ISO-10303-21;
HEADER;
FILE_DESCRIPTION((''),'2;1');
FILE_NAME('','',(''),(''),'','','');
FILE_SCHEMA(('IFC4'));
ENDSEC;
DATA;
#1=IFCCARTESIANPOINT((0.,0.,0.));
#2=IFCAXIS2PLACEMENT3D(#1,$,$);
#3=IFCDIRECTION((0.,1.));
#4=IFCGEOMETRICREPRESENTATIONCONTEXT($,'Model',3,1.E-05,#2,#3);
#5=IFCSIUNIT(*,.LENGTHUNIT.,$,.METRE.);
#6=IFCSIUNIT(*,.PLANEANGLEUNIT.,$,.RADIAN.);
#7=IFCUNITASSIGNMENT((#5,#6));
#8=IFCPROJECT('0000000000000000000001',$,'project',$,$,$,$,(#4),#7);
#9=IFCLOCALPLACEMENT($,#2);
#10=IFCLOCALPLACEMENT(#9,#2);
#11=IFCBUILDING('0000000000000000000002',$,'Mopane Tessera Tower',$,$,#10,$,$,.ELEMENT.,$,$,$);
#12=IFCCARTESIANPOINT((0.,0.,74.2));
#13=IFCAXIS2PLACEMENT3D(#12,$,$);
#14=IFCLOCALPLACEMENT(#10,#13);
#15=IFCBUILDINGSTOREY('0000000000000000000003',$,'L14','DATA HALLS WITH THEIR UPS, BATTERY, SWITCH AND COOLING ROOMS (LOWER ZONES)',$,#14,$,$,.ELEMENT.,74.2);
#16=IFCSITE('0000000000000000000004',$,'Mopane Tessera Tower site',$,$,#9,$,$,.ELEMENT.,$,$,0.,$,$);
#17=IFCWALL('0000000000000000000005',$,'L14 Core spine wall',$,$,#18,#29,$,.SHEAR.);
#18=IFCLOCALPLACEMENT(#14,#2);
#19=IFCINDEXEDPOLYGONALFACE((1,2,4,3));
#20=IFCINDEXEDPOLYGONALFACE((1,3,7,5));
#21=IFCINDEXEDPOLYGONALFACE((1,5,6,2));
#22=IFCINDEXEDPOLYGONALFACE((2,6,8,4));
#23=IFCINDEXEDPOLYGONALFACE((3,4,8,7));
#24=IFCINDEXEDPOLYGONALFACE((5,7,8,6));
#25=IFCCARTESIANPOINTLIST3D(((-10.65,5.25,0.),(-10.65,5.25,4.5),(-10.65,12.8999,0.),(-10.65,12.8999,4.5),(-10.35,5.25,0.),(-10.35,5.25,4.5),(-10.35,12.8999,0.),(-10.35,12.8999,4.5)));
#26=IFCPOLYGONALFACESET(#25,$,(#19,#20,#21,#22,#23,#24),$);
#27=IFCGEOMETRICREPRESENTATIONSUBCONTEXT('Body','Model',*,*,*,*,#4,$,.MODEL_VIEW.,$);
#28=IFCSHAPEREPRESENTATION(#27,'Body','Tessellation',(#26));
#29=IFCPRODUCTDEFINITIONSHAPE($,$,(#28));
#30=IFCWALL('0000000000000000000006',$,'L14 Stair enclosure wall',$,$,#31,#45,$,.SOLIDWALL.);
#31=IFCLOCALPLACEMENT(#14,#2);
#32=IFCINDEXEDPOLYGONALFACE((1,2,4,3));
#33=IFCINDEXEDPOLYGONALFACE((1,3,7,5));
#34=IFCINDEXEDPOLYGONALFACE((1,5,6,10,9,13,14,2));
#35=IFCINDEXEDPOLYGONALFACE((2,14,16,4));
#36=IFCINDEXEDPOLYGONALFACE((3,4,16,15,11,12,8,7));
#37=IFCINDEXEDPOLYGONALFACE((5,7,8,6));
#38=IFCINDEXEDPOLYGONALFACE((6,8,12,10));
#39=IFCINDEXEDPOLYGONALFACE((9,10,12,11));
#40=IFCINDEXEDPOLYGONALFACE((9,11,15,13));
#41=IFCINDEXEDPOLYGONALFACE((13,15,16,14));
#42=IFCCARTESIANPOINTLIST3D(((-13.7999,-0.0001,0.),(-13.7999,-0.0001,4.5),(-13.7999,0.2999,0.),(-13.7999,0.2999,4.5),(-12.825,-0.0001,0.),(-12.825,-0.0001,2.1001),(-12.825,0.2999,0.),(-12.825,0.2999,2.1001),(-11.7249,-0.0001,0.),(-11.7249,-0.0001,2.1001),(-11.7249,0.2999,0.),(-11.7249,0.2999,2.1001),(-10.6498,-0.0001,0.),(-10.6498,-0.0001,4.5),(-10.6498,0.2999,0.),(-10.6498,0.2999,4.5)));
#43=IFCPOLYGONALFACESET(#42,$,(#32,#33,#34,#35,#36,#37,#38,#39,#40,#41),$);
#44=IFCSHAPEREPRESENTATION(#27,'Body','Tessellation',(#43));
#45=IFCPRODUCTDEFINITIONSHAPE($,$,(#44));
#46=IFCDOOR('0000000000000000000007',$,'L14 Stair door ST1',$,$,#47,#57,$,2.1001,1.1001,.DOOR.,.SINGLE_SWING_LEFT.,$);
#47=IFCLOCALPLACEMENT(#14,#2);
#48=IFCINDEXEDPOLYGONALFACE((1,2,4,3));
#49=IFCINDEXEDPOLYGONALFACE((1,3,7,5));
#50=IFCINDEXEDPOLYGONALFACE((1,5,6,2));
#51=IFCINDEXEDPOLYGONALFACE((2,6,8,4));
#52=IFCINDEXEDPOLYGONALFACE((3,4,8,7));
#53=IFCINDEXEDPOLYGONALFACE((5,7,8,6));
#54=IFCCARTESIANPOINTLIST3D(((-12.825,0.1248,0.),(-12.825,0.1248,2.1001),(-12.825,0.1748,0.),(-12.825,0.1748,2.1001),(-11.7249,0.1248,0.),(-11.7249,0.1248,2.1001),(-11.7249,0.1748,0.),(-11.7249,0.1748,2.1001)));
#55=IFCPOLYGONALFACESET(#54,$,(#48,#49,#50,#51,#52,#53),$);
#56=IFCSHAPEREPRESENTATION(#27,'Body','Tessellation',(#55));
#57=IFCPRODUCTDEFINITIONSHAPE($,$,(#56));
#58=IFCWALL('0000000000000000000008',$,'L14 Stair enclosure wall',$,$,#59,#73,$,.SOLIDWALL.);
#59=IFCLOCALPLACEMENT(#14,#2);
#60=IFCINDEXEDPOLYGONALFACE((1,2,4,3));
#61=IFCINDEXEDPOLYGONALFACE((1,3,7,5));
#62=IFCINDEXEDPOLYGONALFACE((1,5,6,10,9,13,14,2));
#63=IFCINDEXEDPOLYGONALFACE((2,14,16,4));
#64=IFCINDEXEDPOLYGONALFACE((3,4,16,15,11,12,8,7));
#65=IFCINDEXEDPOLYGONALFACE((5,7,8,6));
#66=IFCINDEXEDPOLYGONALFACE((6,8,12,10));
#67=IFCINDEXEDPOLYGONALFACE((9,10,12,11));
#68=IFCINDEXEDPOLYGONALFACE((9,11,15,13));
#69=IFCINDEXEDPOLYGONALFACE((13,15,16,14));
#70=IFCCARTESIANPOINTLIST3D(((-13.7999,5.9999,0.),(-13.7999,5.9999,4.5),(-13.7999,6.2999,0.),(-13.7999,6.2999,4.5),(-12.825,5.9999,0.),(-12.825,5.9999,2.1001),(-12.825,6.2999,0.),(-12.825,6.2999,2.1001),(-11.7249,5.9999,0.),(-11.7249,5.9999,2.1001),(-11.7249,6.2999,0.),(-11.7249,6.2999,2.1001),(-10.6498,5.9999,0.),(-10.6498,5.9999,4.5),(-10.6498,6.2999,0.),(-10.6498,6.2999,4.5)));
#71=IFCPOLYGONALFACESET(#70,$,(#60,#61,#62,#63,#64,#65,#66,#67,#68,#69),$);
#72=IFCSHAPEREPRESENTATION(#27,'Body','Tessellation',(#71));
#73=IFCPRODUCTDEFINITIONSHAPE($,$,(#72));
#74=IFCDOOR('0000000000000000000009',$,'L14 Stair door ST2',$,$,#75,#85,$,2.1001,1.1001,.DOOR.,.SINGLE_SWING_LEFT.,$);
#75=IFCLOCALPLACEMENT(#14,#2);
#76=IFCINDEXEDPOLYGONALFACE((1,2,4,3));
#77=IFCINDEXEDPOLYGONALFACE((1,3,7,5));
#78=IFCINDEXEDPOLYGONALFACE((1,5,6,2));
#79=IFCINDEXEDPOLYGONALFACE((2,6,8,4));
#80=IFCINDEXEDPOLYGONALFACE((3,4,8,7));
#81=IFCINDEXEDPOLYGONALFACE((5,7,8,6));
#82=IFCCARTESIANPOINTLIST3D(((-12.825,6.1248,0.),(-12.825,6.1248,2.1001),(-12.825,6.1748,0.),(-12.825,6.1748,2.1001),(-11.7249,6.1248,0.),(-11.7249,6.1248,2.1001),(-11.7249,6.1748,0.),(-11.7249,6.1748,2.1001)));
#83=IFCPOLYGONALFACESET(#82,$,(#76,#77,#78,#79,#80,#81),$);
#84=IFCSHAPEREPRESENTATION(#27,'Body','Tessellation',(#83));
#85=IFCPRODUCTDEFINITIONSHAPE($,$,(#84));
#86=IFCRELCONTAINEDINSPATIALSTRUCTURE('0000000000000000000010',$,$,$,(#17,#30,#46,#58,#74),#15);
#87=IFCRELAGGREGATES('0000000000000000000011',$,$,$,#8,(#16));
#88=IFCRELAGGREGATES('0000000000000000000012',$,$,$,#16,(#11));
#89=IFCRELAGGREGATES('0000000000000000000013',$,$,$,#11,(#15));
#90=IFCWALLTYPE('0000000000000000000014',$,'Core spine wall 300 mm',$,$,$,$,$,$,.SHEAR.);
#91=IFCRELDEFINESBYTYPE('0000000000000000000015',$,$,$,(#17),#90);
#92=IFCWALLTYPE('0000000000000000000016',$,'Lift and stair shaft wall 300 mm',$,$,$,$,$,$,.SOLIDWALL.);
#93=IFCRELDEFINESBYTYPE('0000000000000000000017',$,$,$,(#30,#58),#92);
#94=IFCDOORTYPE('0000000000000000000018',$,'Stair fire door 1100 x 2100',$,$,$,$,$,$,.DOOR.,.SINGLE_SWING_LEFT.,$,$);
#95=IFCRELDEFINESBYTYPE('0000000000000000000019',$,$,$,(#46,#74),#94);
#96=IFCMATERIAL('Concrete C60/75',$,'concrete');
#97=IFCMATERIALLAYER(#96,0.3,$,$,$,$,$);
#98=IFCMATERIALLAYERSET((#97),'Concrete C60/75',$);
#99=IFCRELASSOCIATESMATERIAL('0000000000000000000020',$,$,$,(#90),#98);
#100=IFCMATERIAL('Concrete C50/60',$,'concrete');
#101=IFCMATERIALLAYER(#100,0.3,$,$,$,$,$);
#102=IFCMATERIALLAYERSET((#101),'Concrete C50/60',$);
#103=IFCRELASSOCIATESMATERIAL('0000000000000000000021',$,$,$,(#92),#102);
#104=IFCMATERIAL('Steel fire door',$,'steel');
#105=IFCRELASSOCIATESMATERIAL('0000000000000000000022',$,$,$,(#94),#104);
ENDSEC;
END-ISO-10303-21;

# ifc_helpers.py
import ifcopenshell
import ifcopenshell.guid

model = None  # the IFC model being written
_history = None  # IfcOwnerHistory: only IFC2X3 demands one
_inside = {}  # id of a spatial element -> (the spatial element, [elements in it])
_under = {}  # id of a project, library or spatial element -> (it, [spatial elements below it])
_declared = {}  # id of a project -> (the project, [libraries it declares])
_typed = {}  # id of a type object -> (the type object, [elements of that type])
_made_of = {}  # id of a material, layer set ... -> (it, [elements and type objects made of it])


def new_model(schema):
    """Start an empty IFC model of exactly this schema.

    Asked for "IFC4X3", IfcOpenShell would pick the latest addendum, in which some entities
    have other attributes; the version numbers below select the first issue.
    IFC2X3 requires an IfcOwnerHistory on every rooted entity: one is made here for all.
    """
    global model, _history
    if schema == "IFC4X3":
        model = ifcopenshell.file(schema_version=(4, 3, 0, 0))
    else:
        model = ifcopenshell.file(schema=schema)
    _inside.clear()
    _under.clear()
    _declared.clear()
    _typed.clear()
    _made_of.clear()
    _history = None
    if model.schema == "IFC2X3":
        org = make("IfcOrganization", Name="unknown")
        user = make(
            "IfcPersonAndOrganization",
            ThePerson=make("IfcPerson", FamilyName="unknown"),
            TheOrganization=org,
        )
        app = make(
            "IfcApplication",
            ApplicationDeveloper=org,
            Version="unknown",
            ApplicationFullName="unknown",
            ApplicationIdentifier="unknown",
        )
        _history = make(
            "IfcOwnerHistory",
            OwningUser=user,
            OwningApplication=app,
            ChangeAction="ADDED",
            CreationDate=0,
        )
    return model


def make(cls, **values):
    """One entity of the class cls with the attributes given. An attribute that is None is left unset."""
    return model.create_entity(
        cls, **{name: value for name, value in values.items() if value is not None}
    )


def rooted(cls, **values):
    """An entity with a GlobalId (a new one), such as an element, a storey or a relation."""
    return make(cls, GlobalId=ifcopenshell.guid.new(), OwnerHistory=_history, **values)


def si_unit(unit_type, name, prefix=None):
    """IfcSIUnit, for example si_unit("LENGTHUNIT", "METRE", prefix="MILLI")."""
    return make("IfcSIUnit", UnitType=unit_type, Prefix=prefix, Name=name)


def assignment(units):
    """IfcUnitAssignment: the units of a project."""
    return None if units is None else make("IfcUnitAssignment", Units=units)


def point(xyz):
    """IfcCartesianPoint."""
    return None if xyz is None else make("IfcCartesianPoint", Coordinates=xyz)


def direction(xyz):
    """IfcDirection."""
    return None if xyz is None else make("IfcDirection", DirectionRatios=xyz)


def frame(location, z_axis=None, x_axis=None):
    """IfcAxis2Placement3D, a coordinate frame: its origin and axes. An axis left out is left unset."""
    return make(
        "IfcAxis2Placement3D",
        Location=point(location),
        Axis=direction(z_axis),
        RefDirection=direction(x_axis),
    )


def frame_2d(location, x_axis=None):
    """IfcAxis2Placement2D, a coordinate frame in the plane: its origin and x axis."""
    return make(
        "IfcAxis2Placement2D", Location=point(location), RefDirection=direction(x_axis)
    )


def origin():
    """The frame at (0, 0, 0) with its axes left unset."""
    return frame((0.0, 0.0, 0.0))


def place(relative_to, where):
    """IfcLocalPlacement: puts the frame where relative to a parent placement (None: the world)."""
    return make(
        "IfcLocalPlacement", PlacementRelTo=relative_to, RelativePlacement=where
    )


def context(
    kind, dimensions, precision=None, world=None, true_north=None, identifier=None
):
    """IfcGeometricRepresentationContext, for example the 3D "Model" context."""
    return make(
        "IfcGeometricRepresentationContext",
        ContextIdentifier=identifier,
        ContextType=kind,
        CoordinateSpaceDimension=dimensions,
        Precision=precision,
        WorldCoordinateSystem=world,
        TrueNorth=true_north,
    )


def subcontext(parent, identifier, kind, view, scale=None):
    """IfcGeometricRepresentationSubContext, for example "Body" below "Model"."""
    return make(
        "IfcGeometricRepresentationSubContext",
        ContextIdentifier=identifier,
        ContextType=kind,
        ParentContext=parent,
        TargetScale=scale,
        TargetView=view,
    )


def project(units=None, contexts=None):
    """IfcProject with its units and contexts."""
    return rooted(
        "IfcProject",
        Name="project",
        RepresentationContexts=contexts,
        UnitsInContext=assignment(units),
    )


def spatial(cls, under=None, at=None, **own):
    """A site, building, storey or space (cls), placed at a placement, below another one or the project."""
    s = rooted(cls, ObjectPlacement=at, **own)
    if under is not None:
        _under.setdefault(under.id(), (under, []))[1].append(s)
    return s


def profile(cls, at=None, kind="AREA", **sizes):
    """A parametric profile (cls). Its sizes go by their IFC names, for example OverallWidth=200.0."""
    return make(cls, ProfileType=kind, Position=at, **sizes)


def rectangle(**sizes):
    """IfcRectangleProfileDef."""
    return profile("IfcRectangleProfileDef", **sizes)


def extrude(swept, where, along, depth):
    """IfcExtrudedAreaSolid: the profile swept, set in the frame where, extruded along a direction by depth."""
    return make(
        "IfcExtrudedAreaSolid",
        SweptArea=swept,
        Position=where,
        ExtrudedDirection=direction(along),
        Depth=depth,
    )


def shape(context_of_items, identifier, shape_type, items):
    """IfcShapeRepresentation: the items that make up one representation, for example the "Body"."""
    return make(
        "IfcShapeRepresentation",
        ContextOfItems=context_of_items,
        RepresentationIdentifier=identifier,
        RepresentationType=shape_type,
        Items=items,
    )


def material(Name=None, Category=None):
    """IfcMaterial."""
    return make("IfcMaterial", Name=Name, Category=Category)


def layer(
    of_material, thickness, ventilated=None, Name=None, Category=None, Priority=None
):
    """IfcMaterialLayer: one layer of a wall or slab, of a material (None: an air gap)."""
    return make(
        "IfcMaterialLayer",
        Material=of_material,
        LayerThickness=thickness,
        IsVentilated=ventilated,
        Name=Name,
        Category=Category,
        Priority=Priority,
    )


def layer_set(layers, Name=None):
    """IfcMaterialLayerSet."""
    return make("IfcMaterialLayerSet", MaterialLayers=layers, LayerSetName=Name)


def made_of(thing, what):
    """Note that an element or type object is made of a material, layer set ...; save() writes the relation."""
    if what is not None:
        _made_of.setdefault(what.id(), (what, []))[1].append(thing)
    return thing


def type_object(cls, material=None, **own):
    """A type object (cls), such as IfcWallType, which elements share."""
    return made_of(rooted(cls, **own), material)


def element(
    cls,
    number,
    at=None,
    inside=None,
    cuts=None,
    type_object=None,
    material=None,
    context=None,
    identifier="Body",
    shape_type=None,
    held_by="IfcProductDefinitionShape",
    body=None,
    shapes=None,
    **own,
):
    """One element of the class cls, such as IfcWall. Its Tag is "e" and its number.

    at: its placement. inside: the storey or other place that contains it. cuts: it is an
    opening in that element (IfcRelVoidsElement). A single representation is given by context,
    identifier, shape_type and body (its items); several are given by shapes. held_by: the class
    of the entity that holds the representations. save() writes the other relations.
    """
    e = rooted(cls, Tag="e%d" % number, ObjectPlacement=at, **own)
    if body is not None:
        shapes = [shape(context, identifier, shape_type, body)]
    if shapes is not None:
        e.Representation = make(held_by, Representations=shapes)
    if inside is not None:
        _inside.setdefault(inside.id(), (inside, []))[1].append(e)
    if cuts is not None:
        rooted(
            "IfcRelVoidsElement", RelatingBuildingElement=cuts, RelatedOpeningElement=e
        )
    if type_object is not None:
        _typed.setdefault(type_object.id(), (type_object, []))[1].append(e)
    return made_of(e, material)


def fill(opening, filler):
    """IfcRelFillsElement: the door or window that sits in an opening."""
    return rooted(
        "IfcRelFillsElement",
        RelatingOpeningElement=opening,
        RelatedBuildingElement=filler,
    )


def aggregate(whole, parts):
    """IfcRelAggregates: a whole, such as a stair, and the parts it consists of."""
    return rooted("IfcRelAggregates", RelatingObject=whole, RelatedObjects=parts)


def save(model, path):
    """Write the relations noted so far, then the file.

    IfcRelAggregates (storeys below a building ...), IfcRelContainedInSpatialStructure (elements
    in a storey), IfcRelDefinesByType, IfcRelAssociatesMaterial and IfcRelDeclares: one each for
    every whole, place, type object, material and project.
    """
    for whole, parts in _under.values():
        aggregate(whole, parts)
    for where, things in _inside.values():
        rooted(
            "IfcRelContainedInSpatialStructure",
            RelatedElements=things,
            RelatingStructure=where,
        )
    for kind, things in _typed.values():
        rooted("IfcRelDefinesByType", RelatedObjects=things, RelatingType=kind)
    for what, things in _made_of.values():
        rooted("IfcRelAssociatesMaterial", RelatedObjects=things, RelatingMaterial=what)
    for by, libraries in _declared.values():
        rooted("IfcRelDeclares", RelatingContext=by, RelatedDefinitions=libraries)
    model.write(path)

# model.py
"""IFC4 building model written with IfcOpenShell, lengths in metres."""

from ifc_helpers import new_model, si_unit, direction, frame, frame_2d, origin, place, context, subcontext, project, spatial, rectangle, extrude, material, layer, layer_set, type_object, element, fill, save


model = new_model("IFC4")

# Units and contexts
model_context = context("Model", 3, precision=1e-05, world=origin(), true_north=direction((0.0, 1.0)))
body_context = subcontext(model_context, "Body", "Model", "MODEL_VIEW")
ifc_project = project(units=[si_unit("LENGTHUNIT", "METRE"), si_unit("PLANEANGLEUNIT", "RADIAN")], contexts=[model_context])

# Site, building, storey
site_placement = place(None, origin())
site = spatial("IfcSite", under=ifc_project, at=site_placement, Name="Mopane Tessera Tower site", CompositionType="ELEMENT", RefElevation=0.0)
building_placement = place(site_placement, origin())
building = spatial("IfcBuilding", under=site, at=building_placement, Name="Mopane Tessera Tower", CompositionType="ELEMENT")
storey_placement = place(building_placement, frame((0.0, 0.0, 74.2)))
storey = spatial("IfcBuildingStorey", under=building, at=storey_placement, Name="L14", Description="DATA HALLS WITH THEIR UPS, BATTERY, SWITCH AND COOLING ROOMS (LOWER ZONES)", CompositionType="ELEMENT", Elevation=74.2)

# Wall
ifc_material_1 = material(Name="Concrete C60/75", Category="concrete")
ifc_layer_1 = layer(ifc_material_1, 0.3)
ifc_layer_set_1 = layer_set([ifc_layer_1], Name="Concrete C60/75")
wall_type_1 = type_object("IfcWallType", Name="Core spine wall 300 mm", PredefinedType="SHEAR", material=ifc_layer_set_1)
wall_1_placement = place(storey_placement, frame((-10.5, 5.25, 0.0), z_axis=(0.0, 0.0, 1.0), x_axis=(0.0, 1.0, 0.0)))
element("IfcWall", 1, at=wall_1_placement, inside=storey, type_object=wall_type_1, Name="L14 Core spine wall", PredefinedType="SHEAR", context=body_context, shape_type="SweptSolid", body=[
    extrude(rectangle(XDim=7.6499, YDim=0.3, at=frame_2d((3.825, 0.0))), origin(), (0.0, 0.0, 1.0), 4.5),
])

# Walls, openings, doors
ifc_material_2 = material(Name="Concrete C50/60", Category="concrete")
ifc_layer_2 = layer(ifc_material_2, 0.3)
ifc_layer_set_2 = layer_set([ifc_layer_2], Name="Concrete C50/60")
wall_type_2 = type_object("IfcWallType", Name="Lift and stair shaft wall 300 mm", PredefinedType="SOLIDWALL", material=ifc_layer_set_2)
wall_2_placement = place(storey_placement, frame((-13.8, 0.1499, 0.0), z_axis=(0.0, 0.0, 1.0), x_axis=(1.0, 0.0, 0.0)))
wall_2 = element("IfcWall", 2, at=wall_2_placement, inside=storey, type_object=wall_type_2, Name="L14 Stair enclosure wall", PredefinedType="SOLIDWALL", context=body_context, shape_type="SweptSolid", body=[
    extrude(rectangle(XDim=3.1501, YDim=0.3, at=frame_2d((1.5752, 0.0))), origin(), (0.0, 0.0, 1.0), 4.5),
])
opening_1_placement = place(wall_2_placement, frame((0.9751, 0.0, 0.0)))
opening_1 = element("IfcOpeningElement", 3, at=opening_1_placement, cuts=wall_2, PredefinedType="OPENING", context=body_context, shape_type="SweptSolid", body=[
    extrude(rectangle(XDim=1.1001, YDim=2.1001, at=frame_2d((0.55, 1.05))), frame((0.0, 0.1621, 0.0), z_axis=(0.0, -1.0, 0.0), x_axis=(1.0, 0.0, 0.0)), (0.0, 0.0, 1.0), 0.324),
])
ifc_material_3 = material(Name="Steel fire door", Category="steel")
door_type_1 = type_object("IfcDoorType", Name="Stair fire door 1100 x 2100", OperationType="SINGLE_SWING_LEFT", PredefinedType="DOOR", material=ifc_material_3)
door_1_placement = place(opening_1_placement, origin())
door_1 = element("IfcDoor", 4, at=door_1_placement, inside=storey, type_object=door_type_1, Name="L14 Stair door ST1", OperationType="SINGLE_SWING_LEFT", OverallHeight=2.1001, OverallWidth=1.1001, PredefinedType="DOOR", context=body_context, shape_type="SweptSolid", body=[
    extrude(rectangle(XDim=1.1001, YDim=2.1001, at=frame_2d((0.55, 1.05))), frame((0.0, 0.0249, 0.0), z_axis=(0.0, -1.0, 0.0), x_axis=(1.0, 0.0, 0.0)), (0.0, 0.0, 1.0), 0.05),
])
fill(opening_1, door_1)
wall_3_placement = place(storey_placement, frame((-13.8, 6.1499, 0.0), z_axis=(0.0, 0.0, 1.0), x_axis=(1.0, 0.0, 0.0)))
wall_3 = element("IfcWall", 5, at=wall_3_placement, inside=storey, type_object=wall_type_2, Name="L14 Stair enclosure wall", PredefinedType="SOLIDWALL", context=body_context, shape_type="SweptSolid", body=[
    extrude(rectangle(XDim=3.1501, YDim=0.3, at=frame_2d((1.5752, 0.0))), origin(), (0.0, 0.0, 1.0), 4.5),
])
opening_2_placement = place(wall_3_placement, frame((0.9751, 0.0, 0.0)))
opening_2 = element("IfcOpeningElement", 6, at=opening_2_placement, cuts=wall_3, PredefinedType="OPENING", context=body_context, shape_type="SweptSolid", body=[
    extrude(rectangle(XDim=1.1001, YDim=2.1001, at=frame_2d((0.55, 1.05))), frame((0.0, 0.1621, 0.0), z_axis=(0.0, -1.0, 0.0), x_axis=(1.0, 0.0, 0.0)), (0.0, 0.0, 1.0), 0.324),
])
door_2_placement = place(opening_2_placement, origin())
door_2 = element("IfcDoor", 7, at=door_2_placement, inside=storey, type_object=door_type_1, Name="L14 Stair door ST2", OperationType="SINGLE_SWING_LEFT", OverallHeight=2.1001, OverallWidth=1.1001, PredefinedType="DOOR", context=body_context, shape_type="SweptSolid", body=[
    extrude(rectangle(XDim=1.1001, YDim=2.1001, at=frame_2d((0.55, 1.05))), frame((0.0, 0.0249, 0.0), z_axis=(0.0, -1.0, 0.0), x_axis=(1.0, 0.0, 0.0)), (0.0, 0.0, 1.0), 0.05),
])
fill(opening_2, door_2)

save(model, "model.ifc")
